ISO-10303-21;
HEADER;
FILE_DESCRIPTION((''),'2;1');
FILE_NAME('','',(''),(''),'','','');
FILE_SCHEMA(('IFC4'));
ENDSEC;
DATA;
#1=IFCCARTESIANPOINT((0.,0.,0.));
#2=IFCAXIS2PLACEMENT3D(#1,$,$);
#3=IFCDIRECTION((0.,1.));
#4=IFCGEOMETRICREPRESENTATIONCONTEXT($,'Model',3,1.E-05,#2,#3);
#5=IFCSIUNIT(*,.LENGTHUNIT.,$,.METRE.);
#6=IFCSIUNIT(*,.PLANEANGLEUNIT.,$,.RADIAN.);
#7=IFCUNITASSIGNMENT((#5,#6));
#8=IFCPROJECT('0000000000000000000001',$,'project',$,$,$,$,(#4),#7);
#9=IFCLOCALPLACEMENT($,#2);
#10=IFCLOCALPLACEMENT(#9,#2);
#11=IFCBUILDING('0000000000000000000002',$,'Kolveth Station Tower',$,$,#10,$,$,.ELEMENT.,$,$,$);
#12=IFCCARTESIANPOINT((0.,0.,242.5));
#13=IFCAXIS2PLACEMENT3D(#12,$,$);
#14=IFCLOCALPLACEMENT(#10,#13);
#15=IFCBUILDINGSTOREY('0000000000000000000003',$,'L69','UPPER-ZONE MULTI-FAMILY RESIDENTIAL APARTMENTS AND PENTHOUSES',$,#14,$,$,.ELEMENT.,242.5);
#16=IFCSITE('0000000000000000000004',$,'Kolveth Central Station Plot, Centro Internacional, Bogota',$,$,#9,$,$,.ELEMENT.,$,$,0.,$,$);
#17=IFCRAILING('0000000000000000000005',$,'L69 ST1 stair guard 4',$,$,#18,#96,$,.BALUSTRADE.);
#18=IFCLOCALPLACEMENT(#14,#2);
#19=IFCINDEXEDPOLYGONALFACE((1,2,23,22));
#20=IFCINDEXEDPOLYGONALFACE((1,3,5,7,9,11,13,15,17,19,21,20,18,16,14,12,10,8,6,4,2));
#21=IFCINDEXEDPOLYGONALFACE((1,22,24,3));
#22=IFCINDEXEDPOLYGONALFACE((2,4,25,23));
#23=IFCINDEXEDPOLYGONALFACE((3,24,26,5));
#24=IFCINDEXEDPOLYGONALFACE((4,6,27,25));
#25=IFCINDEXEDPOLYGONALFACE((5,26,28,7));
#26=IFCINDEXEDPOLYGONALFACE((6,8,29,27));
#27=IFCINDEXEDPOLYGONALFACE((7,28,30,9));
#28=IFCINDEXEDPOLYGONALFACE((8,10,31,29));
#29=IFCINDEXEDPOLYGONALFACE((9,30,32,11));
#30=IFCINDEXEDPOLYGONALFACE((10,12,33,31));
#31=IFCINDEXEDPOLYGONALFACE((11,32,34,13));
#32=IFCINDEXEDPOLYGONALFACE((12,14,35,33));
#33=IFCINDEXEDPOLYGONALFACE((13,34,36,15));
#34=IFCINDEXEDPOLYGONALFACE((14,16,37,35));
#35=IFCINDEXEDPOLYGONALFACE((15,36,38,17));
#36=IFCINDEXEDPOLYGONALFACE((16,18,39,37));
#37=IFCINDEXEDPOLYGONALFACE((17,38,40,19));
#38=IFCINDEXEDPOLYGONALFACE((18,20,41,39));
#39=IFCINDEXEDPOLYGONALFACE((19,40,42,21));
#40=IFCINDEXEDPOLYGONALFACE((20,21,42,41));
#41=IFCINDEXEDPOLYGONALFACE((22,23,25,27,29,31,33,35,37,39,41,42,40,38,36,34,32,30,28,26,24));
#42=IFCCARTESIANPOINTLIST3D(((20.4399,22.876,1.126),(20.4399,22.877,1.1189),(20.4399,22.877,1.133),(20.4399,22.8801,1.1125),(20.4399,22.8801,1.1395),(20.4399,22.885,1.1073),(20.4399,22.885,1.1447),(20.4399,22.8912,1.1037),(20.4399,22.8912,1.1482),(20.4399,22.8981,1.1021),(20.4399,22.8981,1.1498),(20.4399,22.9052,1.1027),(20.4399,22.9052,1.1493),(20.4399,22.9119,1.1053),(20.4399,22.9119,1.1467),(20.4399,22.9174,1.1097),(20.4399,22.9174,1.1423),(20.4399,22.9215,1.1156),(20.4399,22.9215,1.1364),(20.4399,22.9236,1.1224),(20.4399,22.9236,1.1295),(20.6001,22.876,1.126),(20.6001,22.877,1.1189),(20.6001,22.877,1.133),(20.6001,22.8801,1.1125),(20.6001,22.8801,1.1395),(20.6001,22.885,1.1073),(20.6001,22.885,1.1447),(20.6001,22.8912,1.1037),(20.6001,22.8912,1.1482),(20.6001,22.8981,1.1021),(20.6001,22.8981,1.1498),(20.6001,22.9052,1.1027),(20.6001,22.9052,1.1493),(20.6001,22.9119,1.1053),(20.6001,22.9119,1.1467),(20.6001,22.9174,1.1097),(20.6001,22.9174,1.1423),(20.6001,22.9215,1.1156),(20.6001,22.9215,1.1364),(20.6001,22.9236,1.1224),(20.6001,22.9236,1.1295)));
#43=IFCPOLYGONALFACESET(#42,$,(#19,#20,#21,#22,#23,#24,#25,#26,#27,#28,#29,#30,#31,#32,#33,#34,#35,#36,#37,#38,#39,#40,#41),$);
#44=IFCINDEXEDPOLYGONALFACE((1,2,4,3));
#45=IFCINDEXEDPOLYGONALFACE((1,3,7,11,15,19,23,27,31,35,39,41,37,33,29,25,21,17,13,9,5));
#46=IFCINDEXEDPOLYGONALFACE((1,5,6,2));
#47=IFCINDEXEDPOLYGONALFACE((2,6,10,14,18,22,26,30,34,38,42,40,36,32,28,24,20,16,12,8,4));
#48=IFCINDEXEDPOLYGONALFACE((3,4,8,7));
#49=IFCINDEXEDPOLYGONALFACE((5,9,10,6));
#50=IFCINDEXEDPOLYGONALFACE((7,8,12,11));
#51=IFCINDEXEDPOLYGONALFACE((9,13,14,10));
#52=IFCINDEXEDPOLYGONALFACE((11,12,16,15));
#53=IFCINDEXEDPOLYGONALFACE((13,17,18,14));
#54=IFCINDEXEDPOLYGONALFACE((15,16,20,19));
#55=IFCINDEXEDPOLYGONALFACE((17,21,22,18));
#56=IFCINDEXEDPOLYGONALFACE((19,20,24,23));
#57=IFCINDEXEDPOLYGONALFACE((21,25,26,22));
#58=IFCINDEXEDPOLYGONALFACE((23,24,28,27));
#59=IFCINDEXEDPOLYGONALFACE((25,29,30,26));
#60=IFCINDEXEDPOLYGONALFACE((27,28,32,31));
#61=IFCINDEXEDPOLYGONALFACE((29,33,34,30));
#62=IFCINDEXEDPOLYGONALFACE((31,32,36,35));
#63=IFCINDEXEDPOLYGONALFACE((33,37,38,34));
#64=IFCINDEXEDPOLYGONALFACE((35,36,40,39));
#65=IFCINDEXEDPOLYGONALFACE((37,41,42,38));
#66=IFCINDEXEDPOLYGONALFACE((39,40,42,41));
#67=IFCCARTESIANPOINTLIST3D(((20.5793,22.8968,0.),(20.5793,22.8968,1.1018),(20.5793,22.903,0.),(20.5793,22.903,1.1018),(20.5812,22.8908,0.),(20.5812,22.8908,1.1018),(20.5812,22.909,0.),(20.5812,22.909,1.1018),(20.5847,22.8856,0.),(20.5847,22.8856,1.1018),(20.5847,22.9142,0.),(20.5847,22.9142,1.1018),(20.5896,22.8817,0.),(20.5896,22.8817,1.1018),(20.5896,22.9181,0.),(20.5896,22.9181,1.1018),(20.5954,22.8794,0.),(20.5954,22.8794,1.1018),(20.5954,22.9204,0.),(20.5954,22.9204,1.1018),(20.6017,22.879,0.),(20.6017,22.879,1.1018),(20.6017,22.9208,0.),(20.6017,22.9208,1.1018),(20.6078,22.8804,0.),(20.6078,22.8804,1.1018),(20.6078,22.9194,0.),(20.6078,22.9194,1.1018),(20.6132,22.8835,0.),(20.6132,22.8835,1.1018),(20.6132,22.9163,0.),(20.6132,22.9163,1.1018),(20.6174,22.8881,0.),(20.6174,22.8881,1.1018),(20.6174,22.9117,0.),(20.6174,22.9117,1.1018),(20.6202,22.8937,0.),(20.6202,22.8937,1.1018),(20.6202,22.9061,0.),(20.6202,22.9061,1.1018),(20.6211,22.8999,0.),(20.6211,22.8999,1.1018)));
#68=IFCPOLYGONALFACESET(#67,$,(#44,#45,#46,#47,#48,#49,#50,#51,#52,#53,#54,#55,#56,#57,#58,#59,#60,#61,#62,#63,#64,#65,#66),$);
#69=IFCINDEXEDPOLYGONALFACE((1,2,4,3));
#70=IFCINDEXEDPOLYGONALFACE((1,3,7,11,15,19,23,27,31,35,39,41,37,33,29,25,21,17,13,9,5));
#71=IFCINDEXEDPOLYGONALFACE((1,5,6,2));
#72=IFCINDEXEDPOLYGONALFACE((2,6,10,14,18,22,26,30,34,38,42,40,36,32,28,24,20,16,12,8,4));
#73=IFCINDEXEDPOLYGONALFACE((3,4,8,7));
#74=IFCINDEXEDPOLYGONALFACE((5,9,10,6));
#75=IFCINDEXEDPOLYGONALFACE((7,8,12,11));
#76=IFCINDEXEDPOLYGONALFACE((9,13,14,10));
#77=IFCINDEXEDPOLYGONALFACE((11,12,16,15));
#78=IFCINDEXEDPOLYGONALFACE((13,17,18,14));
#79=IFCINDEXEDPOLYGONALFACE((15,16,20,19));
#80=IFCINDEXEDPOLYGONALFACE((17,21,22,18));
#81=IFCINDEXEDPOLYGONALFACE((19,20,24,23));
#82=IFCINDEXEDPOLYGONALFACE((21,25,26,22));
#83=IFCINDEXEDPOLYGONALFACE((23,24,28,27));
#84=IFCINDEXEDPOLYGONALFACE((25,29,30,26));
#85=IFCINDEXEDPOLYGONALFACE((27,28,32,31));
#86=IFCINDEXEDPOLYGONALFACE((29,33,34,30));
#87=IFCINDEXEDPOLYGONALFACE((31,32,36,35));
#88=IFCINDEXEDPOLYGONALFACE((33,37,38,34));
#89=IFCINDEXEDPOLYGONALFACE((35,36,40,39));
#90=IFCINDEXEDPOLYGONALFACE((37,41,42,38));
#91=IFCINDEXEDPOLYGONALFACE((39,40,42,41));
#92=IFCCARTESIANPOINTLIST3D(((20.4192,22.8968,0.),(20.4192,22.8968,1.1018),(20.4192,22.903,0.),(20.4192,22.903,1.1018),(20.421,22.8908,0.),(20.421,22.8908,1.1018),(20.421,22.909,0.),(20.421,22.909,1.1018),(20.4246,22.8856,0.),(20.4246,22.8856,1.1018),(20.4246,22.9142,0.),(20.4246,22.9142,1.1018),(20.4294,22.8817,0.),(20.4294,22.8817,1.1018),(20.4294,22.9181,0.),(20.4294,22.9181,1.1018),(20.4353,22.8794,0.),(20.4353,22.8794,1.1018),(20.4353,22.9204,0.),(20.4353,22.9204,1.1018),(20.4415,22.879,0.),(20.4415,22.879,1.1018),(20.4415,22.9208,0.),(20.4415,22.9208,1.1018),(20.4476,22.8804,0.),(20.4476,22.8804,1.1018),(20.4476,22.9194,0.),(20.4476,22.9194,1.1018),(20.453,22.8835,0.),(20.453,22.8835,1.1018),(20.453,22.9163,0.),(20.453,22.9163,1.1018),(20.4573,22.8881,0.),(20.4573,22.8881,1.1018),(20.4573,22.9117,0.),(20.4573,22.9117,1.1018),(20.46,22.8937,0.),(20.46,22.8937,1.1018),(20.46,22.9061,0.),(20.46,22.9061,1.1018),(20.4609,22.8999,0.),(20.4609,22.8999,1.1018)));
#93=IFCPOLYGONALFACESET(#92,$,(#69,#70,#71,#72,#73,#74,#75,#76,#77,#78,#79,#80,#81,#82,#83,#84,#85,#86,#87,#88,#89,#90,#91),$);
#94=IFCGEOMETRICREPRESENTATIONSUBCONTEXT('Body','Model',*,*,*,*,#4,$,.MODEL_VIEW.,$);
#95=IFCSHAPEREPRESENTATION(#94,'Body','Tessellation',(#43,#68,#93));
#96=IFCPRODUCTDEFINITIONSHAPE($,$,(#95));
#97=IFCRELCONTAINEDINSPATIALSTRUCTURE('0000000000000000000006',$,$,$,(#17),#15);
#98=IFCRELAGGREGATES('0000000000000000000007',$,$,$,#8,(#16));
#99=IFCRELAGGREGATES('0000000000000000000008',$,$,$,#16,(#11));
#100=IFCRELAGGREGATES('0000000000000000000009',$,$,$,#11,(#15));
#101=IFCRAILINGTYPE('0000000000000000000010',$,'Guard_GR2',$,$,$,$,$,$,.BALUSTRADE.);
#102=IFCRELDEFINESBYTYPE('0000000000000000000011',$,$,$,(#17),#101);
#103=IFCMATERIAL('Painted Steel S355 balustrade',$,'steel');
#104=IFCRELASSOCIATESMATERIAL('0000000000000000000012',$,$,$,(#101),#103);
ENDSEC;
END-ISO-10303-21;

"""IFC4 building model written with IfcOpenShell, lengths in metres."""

from ifc_helpers import new_model, si_unit, direction, frame, origin, origin_2d, place, context, subcontext, project, spatial, circle, extrude, material, type_object, element, save


model = new_model("IFC4")

# Units and contexts
model_context = context("Model", 3, precision=1e-05, world=origin(), true_north=direction((0.0, 1.0)))
body_context = subcontext(model_context, "Body", "Model", "MODEL_VIEW")
ifc_project = project(units=[si_unit("LENGTHUNIT", "METRE"), si_unit("PLANEANGLEUNIT", "RADIAN")], contexts=[model_context])

# Site, building, storey
site_placement = place(None, origin())
site = spatial("IfcSite", under=ifc_project, at=site_placement, Name="Kolveth Central Station Plot, Centro Internacional, Bogota", CompositionType="ELEMENT", RefElevation=0.0)
building_placement = place(site_placement, origin())
building = spatial("IfcBuilding", under=site, at=building_placement, Name="Kolveth Station Tower", CompositionType="ELEMENT")
storey_placement = place(building_placement, frame((0.0, 0.0, 242.5)))
storey = spatial("IfcBuildingStorey", under=building, at=storey_placement, Name="L69", Description="UPPER-ZONE MULTI-FAMILY RESIDENTIAL APARTMENTS AND PENTHOUSES", CompositionType="ELEMENT", Elevation=242.5)

# Railing
ifc_material_1 = material(Name="Painted Steel S355 balustrade", Category="steel")
railing_type_1 = type_object("IfcRailingType", Name="Guard_GR2", PredefinedType="BALUSTRADE", material=ifc_material_1)
railing_1_placement = place(storey_placement, frame((20.6001, 22.8999, 0.0)))
element("IfcRailing", 1, at=railing_1_placement, inside=storey, type_object=railing_type_1, Name="L69 ST1 stair guard 4", PredefinedType="BALUSTRADE", context=body_context, shape_type="SweptSolid", body=[
    extrude(circle(Radius=0.0239, at=origin_2d()), frame((0.0, 0.0, 1.126), z_axis=(-1.0, 0.0, 0.0), x_axis=(0.0, -1.0, 0.0)), (0.0, 0.0, 1.0), 0.1602),
    extrude(circle(Radius=0.021, at=origin_2d()), origin(), (0.0, 0.0, 1.0), 1.1018),
    extrude(circle(Radius=0.021, at=origin_2d()), frame((-0.1602, 0.0, 0.0)), (0.0, 0.0, 1.0), 1.1018),
])

save(model, "model.ifc")
